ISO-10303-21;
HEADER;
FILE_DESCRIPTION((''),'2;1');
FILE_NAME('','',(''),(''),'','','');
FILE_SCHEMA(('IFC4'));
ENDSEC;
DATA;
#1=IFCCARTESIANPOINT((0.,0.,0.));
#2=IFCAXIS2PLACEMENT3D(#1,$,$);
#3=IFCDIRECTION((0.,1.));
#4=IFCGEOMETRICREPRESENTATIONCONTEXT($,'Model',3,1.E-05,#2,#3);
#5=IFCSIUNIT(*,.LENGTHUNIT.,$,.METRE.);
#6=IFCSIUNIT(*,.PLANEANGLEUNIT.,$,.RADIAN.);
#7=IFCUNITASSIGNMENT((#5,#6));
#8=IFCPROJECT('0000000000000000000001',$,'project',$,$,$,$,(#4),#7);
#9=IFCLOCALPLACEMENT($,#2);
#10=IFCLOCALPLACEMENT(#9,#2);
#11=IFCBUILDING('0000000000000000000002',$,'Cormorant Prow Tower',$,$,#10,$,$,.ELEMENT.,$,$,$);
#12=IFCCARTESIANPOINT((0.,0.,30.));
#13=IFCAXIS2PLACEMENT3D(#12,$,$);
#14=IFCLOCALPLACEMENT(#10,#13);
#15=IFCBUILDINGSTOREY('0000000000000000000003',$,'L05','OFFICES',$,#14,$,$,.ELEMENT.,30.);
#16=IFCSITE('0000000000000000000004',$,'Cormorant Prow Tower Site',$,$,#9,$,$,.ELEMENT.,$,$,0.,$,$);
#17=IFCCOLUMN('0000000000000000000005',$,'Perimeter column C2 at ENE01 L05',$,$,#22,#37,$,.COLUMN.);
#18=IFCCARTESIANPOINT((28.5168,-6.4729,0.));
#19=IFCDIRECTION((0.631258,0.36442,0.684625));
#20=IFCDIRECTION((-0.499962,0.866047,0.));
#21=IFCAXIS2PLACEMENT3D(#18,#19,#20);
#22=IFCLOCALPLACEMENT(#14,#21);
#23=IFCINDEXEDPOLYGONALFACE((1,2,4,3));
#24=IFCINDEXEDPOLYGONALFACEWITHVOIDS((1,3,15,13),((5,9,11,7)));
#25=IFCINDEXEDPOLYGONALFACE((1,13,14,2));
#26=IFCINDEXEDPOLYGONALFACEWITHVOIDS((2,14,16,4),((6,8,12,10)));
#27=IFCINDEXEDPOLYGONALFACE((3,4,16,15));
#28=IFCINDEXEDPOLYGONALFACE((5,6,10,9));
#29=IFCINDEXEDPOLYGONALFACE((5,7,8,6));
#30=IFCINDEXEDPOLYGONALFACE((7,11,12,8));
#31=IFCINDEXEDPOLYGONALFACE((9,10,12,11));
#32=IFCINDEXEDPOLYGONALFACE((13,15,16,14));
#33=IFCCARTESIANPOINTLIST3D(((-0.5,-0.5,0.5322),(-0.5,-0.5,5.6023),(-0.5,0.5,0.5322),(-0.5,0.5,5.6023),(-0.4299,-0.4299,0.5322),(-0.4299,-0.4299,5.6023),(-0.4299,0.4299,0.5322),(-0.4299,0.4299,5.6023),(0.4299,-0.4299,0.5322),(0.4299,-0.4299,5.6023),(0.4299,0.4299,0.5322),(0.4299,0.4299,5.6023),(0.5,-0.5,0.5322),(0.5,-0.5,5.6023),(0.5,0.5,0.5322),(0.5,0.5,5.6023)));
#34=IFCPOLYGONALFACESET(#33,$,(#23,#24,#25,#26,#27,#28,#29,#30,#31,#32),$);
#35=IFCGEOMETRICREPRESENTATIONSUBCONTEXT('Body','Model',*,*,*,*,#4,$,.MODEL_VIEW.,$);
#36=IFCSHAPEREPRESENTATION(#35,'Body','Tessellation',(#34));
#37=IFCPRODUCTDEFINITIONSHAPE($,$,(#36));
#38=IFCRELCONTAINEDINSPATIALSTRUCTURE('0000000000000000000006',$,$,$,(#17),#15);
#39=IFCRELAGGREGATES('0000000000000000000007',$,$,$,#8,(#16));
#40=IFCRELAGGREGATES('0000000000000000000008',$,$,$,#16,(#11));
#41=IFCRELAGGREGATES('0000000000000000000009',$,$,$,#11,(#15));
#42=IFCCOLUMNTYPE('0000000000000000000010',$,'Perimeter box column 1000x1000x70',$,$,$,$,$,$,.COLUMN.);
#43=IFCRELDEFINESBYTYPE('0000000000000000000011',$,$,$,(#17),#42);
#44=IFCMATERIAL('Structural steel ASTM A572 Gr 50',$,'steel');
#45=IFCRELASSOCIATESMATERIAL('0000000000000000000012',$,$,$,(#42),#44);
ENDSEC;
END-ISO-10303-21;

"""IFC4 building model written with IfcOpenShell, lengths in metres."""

from ifc_helpers import new_model, si_unit, direction, frame, origin, origin_2d, place, context, subcontext, project, spatial, hollow_rectangle, extrude, material, material_profile, profile_set, type_object, element, save


model = new_model("IFC4")

# Units and contexts
model_context = context("Model", 3, precision=1e-05, world=origin(), true_north=direction((0.0, 1.0)))
body_context = subcontext(model_context, "Body", "Model", "MODEL_VIEW")
ifc_project = project(units=[si_unit("LENGTHUNIT", "METRE"), si_unit("PLANEANGLEUNIT", "RADIAN")], contexts=[model_context])

# Site, building, storey
site_placement = place(None, origin())
site = spatial("IfcSite", under=ifc_project, at=site_placement, Name="Cormorant Prow Tower Site", CompositionType="ELEMENT", RefElevation=0.0)
building_placement = place(site_placement, origin())
building = spatial("IfcBuilding", under=site, at=building_placement, Name="Cormorant Prow Tower", CompositionType="ELEMENT")
storey_placement = place(building_placement, frame((0.0, 0.0, 30.0)))
storey = spatial("IfcBuildingStorey", under=building, at=storey_placement, Name="L05", Description="OFFICES", CompositionType="ELEMENT", Elevation=30.0)

# Column
ifc_material_1 = material(Name="Structural steel ASTM A572 Gr 50", Category="steel")
ifc_material_profile_1 = material_profile(ifc_material_1, hollow_rectangle(XDim=1.0, YDim=1.0, WallThickness=0.0701, at=origin_2d()), Name="Box 1000x1000x70")
ifc_profile_set_1 = profile_set([ifc_material_profile_1], Name="Structural steel ASTM A572 Gr 50")
column_type_1 = type_object("IfcColumnType", Name="Perimeter box column 1000x1000x70", PredefinedType="COLUMN", material=ifc_profile_set_1)
column_1_placement = place(storey_placement, frame((28.5168, -6.4729, 0.0), z_axis=(0.631258, 0.36442, 0.684625), x_axis=(-0.499962, 0.866047, 0.0)))
element("IfcColumn", 1, at=column_1_placement, inside=storey, type_object=column_type_1, Name="Perimeter column C2 at ENE01 L05", PredefinedType="COLUMN", context=body_context, shape_type="SweptSolid", body=[
    extrude(hollow_rectangle(XDim=1.0, YDim=1.0, WallThickness=0.0701, at=origin_2d()), frame((0.0, 0.0, 0.5322)), (0.0, 0.0, 1.0), 5.0701),
])

save(model, "model.ifc")
